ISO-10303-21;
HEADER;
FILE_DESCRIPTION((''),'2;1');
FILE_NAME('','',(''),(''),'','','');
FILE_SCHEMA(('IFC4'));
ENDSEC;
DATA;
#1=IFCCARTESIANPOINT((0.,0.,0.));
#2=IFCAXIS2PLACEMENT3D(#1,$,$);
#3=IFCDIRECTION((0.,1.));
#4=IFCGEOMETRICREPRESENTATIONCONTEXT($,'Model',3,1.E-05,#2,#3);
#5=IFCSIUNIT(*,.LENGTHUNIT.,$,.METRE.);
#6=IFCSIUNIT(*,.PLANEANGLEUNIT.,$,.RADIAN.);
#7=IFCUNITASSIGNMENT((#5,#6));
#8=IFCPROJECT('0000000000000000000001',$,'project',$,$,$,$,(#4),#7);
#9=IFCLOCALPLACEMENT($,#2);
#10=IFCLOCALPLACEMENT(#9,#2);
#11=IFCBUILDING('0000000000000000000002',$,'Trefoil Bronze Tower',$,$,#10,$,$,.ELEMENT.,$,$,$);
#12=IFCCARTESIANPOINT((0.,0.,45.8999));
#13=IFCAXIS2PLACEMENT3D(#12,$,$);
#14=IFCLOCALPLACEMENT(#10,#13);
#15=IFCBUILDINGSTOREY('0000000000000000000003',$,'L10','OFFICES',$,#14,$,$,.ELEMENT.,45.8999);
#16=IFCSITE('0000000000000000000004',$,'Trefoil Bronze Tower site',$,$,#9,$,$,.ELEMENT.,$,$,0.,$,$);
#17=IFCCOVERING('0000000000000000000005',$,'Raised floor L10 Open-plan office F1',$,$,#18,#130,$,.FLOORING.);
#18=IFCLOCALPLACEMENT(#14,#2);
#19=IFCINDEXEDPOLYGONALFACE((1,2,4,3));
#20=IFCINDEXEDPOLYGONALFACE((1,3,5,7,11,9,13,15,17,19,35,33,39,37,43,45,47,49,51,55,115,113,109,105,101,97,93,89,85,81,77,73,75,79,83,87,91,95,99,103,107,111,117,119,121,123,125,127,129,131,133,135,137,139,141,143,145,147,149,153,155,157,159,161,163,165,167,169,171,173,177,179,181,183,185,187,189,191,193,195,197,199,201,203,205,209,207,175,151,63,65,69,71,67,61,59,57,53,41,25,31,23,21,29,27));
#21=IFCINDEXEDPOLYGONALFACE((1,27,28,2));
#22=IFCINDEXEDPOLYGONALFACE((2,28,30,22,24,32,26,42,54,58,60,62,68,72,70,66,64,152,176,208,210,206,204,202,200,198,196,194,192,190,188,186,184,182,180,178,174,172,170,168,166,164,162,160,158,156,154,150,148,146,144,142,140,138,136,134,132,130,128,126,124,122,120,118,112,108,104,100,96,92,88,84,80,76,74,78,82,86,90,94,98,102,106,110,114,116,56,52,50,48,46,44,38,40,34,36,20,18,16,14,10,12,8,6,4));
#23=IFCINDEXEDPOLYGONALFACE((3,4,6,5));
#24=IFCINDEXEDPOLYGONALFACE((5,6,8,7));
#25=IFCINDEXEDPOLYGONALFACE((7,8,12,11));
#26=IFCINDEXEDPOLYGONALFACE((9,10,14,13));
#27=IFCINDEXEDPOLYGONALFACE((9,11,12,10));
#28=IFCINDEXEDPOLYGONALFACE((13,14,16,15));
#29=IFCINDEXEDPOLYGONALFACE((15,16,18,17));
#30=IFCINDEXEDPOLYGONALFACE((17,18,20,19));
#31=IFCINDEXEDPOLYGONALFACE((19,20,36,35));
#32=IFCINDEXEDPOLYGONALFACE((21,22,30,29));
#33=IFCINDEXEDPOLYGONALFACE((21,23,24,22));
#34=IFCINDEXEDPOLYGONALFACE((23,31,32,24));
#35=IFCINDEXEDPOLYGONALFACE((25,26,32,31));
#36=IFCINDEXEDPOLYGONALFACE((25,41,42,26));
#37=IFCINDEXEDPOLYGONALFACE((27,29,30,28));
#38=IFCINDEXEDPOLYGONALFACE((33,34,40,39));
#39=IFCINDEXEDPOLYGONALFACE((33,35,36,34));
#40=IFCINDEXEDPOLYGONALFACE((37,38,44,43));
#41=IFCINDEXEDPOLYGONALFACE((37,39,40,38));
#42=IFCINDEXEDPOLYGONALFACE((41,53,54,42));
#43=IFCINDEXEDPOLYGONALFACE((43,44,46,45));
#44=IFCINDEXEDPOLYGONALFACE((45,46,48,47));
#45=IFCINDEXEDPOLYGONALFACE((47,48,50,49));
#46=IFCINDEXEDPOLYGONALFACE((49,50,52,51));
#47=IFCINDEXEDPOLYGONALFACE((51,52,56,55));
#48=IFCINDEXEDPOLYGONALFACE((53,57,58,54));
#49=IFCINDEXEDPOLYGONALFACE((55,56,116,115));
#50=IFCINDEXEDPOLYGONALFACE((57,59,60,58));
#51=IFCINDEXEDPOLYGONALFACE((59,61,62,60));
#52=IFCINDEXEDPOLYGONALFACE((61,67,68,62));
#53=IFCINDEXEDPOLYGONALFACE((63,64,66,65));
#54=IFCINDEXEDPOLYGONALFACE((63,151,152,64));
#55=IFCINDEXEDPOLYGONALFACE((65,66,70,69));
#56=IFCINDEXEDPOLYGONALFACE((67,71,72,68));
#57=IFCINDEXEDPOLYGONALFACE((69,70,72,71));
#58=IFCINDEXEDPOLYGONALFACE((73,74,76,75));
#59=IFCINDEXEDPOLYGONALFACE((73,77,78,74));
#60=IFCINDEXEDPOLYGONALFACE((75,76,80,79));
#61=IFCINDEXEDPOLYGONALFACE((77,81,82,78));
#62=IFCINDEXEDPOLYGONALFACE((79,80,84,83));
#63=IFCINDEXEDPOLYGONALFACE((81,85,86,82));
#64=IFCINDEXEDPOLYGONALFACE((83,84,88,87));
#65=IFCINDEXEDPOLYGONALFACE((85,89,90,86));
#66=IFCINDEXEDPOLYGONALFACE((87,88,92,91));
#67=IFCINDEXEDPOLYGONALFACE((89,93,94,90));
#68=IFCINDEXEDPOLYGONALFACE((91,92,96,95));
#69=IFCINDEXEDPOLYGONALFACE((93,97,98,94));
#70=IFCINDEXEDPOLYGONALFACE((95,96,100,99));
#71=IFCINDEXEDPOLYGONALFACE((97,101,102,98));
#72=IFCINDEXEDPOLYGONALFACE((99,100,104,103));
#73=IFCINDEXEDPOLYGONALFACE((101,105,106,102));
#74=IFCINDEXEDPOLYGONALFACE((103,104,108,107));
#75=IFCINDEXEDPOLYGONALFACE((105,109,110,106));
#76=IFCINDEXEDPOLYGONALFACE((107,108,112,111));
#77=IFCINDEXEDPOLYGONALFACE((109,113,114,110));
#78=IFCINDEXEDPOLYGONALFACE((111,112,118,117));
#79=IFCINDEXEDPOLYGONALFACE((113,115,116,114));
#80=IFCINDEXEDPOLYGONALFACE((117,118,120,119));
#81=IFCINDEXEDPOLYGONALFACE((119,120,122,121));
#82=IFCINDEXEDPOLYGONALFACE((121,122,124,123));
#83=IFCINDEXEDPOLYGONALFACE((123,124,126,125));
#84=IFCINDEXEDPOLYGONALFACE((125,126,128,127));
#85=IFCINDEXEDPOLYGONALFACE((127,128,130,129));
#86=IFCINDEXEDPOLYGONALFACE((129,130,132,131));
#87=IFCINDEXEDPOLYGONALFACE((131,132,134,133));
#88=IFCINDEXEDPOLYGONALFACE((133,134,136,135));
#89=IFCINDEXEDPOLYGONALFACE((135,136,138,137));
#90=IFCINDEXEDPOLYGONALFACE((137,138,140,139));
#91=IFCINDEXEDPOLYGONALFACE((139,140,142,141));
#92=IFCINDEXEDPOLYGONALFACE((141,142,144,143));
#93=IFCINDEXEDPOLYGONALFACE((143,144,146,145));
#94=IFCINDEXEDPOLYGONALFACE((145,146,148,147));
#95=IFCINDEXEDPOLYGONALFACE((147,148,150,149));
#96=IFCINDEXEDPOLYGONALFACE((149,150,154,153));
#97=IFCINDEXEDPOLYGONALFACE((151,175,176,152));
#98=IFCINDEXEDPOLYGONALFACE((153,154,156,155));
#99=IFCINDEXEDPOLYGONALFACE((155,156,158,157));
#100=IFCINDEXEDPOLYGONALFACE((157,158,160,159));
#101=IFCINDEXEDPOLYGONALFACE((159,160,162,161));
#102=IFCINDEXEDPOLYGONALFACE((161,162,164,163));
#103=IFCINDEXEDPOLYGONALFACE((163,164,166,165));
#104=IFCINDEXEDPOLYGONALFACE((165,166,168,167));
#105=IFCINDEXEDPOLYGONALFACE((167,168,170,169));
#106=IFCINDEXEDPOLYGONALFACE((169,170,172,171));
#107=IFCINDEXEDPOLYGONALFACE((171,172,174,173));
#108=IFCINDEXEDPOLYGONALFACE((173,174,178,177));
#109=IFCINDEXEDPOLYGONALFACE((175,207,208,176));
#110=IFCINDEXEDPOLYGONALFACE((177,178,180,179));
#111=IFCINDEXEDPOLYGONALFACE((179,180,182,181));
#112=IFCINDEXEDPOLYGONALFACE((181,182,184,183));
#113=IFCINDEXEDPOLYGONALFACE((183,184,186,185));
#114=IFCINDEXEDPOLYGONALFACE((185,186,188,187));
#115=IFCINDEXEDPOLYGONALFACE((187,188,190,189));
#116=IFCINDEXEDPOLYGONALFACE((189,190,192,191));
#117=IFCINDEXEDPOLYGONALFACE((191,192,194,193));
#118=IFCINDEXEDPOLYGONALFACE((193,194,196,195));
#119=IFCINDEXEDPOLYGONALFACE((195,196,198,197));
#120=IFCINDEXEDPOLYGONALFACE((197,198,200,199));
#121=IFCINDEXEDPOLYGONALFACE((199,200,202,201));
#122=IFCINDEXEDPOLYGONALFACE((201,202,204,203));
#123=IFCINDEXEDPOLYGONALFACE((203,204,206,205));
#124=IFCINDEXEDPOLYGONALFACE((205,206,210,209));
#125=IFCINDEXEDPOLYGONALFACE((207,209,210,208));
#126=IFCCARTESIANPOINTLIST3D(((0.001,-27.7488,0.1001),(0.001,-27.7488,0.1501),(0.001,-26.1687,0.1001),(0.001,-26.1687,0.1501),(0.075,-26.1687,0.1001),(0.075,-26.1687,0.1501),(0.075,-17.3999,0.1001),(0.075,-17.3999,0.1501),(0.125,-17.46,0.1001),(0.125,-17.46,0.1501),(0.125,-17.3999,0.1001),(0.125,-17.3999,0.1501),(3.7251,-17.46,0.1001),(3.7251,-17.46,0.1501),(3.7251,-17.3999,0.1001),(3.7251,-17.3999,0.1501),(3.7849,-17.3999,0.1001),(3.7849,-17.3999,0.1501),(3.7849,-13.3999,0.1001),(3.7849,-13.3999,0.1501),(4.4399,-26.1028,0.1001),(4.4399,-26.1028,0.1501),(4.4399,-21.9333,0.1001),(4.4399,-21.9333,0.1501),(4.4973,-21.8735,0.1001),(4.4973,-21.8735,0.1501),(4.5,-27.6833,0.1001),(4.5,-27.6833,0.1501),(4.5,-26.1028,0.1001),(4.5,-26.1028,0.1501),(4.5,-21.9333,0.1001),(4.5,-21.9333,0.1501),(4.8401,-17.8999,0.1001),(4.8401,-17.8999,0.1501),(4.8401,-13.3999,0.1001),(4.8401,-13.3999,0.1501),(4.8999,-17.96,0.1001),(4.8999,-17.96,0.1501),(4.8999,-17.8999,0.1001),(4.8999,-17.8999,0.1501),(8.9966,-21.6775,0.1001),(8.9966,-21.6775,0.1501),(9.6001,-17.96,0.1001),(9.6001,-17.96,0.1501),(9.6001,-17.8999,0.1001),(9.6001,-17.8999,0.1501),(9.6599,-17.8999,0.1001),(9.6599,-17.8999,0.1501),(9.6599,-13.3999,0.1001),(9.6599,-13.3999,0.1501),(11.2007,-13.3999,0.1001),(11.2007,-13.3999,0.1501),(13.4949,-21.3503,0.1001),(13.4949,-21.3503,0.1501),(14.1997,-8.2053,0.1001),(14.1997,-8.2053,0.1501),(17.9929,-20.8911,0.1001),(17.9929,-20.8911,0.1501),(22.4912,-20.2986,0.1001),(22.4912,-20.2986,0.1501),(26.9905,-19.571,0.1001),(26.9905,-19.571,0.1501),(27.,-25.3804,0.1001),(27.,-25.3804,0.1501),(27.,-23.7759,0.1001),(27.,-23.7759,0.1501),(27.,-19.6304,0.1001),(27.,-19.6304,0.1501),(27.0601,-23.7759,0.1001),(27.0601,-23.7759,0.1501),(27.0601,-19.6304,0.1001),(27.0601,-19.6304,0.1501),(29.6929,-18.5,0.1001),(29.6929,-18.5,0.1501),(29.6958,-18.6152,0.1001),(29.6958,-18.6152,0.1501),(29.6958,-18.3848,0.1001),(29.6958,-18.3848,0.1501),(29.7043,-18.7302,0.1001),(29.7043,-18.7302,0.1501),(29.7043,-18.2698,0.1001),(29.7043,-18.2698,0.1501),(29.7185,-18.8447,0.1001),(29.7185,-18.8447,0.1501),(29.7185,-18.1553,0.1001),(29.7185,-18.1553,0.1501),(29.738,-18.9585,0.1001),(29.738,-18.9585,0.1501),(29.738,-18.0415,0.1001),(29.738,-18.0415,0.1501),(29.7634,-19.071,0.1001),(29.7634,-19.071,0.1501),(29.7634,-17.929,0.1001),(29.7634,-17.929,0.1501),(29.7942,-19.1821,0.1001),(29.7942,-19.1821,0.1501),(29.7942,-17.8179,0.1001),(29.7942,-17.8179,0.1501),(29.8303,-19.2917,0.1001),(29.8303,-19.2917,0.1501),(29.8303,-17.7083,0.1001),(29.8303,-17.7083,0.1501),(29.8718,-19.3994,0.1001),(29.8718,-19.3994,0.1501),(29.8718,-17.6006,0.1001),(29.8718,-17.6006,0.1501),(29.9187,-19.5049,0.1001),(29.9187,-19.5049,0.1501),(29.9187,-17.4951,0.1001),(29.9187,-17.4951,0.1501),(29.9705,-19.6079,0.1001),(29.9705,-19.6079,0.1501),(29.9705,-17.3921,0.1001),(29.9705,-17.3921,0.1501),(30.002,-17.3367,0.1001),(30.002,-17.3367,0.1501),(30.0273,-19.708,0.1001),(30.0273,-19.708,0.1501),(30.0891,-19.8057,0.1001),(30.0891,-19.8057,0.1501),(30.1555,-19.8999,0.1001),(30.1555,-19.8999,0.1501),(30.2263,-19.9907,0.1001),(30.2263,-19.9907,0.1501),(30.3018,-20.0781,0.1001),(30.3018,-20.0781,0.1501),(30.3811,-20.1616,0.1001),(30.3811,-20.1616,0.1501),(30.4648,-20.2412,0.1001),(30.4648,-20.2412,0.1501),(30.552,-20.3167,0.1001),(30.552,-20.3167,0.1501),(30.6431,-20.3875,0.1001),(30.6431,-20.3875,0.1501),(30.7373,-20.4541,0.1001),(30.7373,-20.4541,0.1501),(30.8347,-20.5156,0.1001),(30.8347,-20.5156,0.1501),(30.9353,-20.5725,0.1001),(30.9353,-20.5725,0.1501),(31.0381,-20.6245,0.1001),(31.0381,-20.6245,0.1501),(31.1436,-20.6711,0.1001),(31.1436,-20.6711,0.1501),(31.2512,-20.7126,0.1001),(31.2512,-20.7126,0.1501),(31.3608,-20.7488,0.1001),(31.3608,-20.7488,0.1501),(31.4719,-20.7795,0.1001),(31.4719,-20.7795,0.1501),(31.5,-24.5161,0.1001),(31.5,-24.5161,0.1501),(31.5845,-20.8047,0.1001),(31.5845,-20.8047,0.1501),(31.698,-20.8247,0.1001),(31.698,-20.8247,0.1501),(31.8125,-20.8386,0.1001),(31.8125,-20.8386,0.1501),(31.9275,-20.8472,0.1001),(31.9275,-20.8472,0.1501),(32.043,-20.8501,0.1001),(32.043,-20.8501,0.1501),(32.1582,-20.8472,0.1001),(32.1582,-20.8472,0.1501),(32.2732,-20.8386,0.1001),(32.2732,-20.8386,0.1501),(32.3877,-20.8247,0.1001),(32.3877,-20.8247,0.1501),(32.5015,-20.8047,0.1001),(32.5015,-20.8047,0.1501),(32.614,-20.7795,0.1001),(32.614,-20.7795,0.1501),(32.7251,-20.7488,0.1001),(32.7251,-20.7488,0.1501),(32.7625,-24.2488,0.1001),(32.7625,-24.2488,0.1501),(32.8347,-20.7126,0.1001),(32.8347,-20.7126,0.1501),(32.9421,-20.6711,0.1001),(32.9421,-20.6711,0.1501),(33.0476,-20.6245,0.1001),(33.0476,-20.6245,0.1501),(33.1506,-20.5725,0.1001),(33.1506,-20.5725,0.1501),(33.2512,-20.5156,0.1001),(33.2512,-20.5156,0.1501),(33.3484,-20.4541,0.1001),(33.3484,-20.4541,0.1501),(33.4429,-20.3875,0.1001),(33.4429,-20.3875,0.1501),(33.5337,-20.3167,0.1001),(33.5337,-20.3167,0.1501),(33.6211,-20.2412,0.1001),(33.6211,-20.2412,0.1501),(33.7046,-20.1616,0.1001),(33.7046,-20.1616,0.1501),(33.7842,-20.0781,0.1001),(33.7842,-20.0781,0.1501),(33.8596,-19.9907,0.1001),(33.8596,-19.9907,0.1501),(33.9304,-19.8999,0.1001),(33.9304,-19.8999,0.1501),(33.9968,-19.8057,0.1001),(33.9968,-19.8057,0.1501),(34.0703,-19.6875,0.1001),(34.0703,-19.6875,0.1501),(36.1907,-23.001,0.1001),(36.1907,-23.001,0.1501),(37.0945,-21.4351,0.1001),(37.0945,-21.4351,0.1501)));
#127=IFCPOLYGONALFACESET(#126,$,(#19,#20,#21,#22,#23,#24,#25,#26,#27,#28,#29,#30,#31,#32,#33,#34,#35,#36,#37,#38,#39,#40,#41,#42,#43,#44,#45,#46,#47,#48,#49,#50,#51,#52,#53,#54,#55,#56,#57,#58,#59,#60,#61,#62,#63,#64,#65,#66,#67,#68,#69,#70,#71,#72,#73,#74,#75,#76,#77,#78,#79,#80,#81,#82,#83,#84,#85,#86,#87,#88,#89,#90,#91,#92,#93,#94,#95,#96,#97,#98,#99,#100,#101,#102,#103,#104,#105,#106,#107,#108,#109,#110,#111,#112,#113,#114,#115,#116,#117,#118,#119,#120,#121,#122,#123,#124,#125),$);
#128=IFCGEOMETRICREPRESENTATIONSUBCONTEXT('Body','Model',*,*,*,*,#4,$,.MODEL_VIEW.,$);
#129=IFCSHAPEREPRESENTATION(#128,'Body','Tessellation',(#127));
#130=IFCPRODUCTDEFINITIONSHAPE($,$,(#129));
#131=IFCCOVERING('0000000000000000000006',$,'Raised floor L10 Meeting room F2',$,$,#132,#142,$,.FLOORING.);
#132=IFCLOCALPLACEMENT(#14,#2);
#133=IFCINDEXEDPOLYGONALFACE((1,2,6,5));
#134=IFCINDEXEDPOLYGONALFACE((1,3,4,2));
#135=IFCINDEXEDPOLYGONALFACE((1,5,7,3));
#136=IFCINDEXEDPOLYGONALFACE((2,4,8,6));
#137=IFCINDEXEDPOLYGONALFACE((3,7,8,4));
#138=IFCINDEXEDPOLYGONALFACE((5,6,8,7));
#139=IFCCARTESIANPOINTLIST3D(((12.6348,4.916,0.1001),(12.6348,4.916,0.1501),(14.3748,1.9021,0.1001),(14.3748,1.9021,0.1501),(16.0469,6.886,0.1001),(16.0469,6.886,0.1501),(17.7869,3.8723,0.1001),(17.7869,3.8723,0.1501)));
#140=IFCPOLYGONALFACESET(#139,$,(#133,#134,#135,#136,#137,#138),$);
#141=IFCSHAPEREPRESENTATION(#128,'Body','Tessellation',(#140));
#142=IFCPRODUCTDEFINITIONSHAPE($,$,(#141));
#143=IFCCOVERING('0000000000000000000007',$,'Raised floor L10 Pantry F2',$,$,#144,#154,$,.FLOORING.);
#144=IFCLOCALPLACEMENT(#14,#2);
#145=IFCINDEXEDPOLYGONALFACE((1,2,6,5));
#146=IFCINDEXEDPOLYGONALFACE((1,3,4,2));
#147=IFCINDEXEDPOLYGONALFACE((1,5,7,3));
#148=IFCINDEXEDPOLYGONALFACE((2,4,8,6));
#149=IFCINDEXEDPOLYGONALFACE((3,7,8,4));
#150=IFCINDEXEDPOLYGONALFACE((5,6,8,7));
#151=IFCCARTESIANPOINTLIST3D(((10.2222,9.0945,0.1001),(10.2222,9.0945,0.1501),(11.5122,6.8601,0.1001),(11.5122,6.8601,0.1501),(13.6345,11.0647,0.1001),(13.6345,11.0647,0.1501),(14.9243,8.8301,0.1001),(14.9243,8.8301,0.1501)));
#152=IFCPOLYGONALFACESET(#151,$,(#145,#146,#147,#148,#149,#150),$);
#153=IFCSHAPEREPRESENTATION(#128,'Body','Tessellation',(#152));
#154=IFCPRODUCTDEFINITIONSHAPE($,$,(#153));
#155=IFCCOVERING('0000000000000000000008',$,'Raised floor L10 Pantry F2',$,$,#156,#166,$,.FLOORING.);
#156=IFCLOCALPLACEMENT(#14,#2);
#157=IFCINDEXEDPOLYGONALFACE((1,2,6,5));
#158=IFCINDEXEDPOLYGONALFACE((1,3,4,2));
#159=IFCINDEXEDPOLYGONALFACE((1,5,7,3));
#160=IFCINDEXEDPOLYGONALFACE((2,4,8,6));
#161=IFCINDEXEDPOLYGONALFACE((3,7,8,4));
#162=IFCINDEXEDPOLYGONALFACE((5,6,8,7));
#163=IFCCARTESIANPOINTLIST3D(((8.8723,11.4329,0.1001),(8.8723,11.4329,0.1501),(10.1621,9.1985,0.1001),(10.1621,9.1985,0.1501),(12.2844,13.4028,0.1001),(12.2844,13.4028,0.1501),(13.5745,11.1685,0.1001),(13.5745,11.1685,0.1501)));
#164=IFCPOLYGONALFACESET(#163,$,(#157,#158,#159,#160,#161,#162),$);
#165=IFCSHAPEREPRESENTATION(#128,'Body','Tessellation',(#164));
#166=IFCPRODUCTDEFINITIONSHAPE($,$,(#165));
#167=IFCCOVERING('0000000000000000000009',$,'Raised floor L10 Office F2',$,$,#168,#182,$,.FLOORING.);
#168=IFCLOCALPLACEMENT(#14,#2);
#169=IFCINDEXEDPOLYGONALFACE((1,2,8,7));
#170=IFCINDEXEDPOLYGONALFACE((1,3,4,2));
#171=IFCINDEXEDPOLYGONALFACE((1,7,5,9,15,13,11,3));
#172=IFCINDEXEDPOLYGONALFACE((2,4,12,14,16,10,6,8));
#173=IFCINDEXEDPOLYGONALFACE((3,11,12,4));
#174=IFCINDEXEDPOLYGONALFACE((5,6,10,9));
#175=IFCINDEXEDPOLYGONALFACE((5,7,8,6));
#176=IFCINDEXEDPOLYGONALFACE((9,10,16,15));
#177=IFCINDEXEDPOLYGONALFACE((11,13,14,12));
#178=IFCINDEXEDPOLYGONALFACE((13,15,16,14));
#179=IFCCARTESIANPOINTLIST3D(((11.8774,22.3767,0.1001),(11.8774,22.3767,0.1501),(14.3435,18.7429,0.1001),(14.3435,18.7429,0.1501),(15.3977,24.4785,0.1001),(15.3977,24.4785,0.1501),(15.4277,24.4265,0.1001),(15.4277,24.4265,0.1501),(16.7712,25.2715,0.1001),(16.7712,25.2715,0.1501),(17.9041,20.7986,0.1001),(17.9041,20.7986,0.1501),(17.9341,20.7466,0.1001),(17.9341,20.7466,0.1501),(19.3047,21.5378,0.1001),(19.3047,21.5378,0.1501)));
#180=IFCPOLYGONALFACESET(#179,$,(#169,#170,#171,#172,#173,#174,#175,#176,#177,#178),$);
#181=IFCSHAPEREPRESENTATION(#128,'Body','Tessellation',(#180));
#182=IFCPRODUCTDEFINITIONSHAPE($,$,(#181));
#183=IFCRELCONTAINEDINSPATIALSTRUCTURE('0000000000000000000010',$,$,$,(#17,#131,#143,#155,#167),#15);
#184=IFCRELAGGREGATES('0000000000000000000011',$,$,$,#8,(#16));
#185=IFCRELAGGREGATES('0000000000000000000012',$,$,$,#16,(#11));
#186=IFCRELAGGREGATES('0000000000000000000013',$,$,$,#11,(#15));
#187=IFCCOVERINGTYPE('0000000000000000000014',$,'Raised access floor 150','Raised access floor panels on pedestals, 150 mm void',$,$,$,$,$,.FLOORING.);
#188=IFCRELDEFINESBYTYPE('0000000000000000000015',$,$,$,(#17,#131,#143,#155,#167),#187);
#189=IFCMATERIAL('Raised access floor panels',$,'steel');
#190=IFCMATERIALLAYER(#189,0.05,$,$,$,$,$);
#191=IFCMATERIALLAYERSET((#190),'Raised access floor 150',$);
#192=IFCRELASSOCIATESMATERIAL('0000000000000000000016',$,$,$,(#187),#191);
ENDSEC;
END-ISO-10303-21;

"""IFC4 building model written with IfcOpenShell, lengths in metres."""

from ifc_helpers import new_model, si_unit, direction, frame, origin, place, context, subcontext, project, spatial, polyline, outline, extrude, material, layer, layer_set, type_object, element, save


model = new_model("IFC4")

# Units and contexts
model_context = context("Model", 3, precision=1e-05, world=origin(), true_north=direction((0.0, 1.0)))
body_context = subcontext(model_context, "Body", "Model", "MODEL_VIEW")
ifc_project = project(units=[si_unit("LENGTHUNIT", "METRE"), si_unit("PLANEANGLEUNIT", "RADIAN")], contexts=[model_context])

# Site, building, storey
site_placement = place(None, origin())
site = spatial("IfcSite", under=ifc_project, at=site_placement, Name="Trefoil Bronze Tower site", CompositionType="ELEMENT", RefElevation=0.0)
building_placement = place(site_placement, origin())
building = spatial("IfcBuilding", under=site, at=building_placement, Name="Trefoil Bronze Tower", CompositionType="ELEMENT")
storey_placement = place(building_placement, frame((0.0, 0.0, 45.8999)))
storey = spatial("IfcBuildingStorey", under=building, at=storey_placement, Name="L10", Description="OFFICES", CompositionType="ELEMENT", Elevation=45.8999)

# Coverings
ifc_material_1 = material(Name="Raised access floor panels", Category="steel")
ifc_layer_1 = layer(ifc_material_1, 0.05)
ifc_layer_set_1 = layer_set([ifc_layer_1], Name="Raised access floor 150")
covering_type_1 = type_object("IfcCoveringType", Name="Raised access floor 150", Description="Raised access floor panels on pedestals, 150 mm void", PredefinedType="FLOORING", material=ifc_layer_set_1)
covering_1_placement = place(storey_placement, frame((0.0, 0.0, 0.1001)))
element("IfcCovering", 1, at=covering_1_placement, inside=storey, type_object=covering_type_1, Name="Raised floor L10 Open-plan office F1", PredefinedType="FLOORING", context=body_context, shape_type="SweptSolid", body=[
    extrude(outline(polyline([(27.0, -23.7759), (27.0601, -23.7759), (27.0601, -19.6304), (27.0, -19.6304), (26.9905, -19.571), (22.4912, -20.2986), (17.9929, -20.8911), (13.4949, -21.3503), (8.9966, -21.6775), (4.4973, -21.8735), (4.5, -21.9333), (4.4399, -21.9333), (4.4399, -26.1028), (4.5, -26.1028), (4.5, -27.6833), (0.001, -27.7488), (0.001, -26.1687), (0.075, -26.1687), (0.075, -17.3999), (0.125, -17.3999), (0.125, -17.46), (3.7251, -17.46), (3.7251, -17.3999), (3.7849, -17.3999), (3.7849, -13.3999), (4.8401, -13.3999), (4.8401, -17.8999), (4.8999, -17.8999), (4.8999, -17.96), (9.6001, -17.96), (9.6001, -17.8999), (9.6599, -17.8999), (9.6599, -13.3999), (11.2007, -13.3999), (14.1997, -8.2053), (30.002, -17.3367), (29.9705, -17.3921), (29.9187, -17.4951), (29.8718, -17.6006), (29.8303, -17.7083), (29.7942, -17.8179), (29.7634, -17.929), (29.738, -18.0415), (29.7185, -18.1553), (29.7043, -18.2698), (29.6958, -18.3848), (29.6929, -18.5), (29.6958, -18.6152), (29.7043, -18.7302), (29.7185, -18.8447), (29.738, -18.9585), (29.7634, -19.071), (29.7942, -19.1821), (29.8303, -19.2917), (29.8718, -19.3994), (29.9187, -19.5049), (29.9705, -19.6079), (30.0273, -19.708), (30.0891, -19.8057), (30.1555, -19.8999), (30.2263, -19.9907), (30.3018, -20.0781), (30.3811, -20.1616), (30.4648, -20.2412), (30.552, -20.3167), (30.6431, -20.3875), (30.7373, -20.4541), (30.8347, -20.5156), (30.9353, -20.5725), (31.0381, -20.6245), (31.1436, -20.6711), (31.2512, -20.7126), (31.3608, -20.7488), (31.4719, -20.7795), (31.5845, -20.8047), (31.698, -20.8247), (31.8125, -20.8386), (31.9275, -20.8472), (32.043, -20.8501), (32.1582, -20.8472), (32.2732, -20.8386), (32.3877, -20.8247), (32.5015, -20.8047), (32.614, -20.7795), (32.7251, -20.7488), (32.8347, -20.7126), (32.9421, -20.6711), (33.0476, -20.6245), (33.1506, -20.5725), (33.2512, -20.5156), (33.3484, -20.4541), (33.4429, -20.3875), (33.5337, -20.3167), (33.6211, -20.2412), (33.7046, -20.1616), (33.7842, -20.0781), (33.8596, -19.9907), (33.9304, -19.8999), (33.9968, -19.8057), (34.0703, -19.6875), (37.0945, -21.4351), (36.1907, -23.001), (32.7625, -24.2488), (31.5, -24.5161), (27.0, -25.3804), (27.0, -23.7759)])), origin(), (0.0, 0.0, 1.0), 0.05),
])
covering_2_placement = place(storey_placement, frame((0.0, 0.0, 0.1001)))
element("IfcCovering", 2, at=covering_2_placement, inside=storey, type_object=covering_type_1, Name="Raised floor L10 Meeting room F2", PredefinedType="FLOORING", context=body_context, shape_type="SweptSolid", body=[
    extrude(outline(polyline([(12.6348, 4.916), (16.0469, 6.886), (17.7869, 3.8723), (14.3748, 1.9021), (12.6348, 4.916)])), origin(), (0.0, 0.0, 1.0), 0.05),
])
covering_3_placement = place(storey_placement, frame((0.0, 0.0, 0.1001)))
element("IfcCovering", 3, at=covering_3_placement, inside=storey, type_object=covering_type_1, Name="Raised floor L10 Pantry F2", PredefinedType="FLOORING", context=body_context, shape_type="SweptSolid", body=[
    extrude(outline(polyline([(10.2222, 9.0945), (13.6345, 11.0647), (14.9243, 8.8301), (11.5122, 6.8601), (10.2222, 9.0945)])), origin(), (0.0, 0.0, 1.0), 0.05),
])
covering_4_placement = place(storey_placement, frame((0.0, 0.0, 0.1001)))
element("IfcCovering", 4, at=covering_4_placement, inside=storey, type_object=covering_type_1, Name="Raised floor L10 Pantry F2", PredefinedType="FLOORING", context=body_context, shape_type="SweptSolid", body=[
    extrude(outline(polyline([(8.8723, 11.4329), (12.2844, 13.4028), (13.5745, 11.1685), (10.1621, 9.1985), (8.8723, 11.4329)])), origin(), (0.0, 0.0, 1.0), 0.05),
])
covering_5_placement = place(storey_placement, frame((0.0, 0.0, 0.1001)))
element("IfcCovering", 5, at=covering_5_placement, inside=storey, type_object=covering_type_1, Name="Raised floor L10 Office F2", PredefinedType="FLOORING", context=body_context, shape_type="SweptSolid", body=[
    extrude(outline(polyline([(16.7712, 25.2715), (19.3047, 21.5378), (17.9341, 20.7466), (17.9041, 20.7986), (14.3435, 18.7429), (11.8774, 22.3767), (15.4277, 24.4265), (15.3977, 24.4785), (16.7712, 25.2715)])), origin(), (0.0, 0.0, 1.0), 0.05),
])

save(model, "model.ifc")
